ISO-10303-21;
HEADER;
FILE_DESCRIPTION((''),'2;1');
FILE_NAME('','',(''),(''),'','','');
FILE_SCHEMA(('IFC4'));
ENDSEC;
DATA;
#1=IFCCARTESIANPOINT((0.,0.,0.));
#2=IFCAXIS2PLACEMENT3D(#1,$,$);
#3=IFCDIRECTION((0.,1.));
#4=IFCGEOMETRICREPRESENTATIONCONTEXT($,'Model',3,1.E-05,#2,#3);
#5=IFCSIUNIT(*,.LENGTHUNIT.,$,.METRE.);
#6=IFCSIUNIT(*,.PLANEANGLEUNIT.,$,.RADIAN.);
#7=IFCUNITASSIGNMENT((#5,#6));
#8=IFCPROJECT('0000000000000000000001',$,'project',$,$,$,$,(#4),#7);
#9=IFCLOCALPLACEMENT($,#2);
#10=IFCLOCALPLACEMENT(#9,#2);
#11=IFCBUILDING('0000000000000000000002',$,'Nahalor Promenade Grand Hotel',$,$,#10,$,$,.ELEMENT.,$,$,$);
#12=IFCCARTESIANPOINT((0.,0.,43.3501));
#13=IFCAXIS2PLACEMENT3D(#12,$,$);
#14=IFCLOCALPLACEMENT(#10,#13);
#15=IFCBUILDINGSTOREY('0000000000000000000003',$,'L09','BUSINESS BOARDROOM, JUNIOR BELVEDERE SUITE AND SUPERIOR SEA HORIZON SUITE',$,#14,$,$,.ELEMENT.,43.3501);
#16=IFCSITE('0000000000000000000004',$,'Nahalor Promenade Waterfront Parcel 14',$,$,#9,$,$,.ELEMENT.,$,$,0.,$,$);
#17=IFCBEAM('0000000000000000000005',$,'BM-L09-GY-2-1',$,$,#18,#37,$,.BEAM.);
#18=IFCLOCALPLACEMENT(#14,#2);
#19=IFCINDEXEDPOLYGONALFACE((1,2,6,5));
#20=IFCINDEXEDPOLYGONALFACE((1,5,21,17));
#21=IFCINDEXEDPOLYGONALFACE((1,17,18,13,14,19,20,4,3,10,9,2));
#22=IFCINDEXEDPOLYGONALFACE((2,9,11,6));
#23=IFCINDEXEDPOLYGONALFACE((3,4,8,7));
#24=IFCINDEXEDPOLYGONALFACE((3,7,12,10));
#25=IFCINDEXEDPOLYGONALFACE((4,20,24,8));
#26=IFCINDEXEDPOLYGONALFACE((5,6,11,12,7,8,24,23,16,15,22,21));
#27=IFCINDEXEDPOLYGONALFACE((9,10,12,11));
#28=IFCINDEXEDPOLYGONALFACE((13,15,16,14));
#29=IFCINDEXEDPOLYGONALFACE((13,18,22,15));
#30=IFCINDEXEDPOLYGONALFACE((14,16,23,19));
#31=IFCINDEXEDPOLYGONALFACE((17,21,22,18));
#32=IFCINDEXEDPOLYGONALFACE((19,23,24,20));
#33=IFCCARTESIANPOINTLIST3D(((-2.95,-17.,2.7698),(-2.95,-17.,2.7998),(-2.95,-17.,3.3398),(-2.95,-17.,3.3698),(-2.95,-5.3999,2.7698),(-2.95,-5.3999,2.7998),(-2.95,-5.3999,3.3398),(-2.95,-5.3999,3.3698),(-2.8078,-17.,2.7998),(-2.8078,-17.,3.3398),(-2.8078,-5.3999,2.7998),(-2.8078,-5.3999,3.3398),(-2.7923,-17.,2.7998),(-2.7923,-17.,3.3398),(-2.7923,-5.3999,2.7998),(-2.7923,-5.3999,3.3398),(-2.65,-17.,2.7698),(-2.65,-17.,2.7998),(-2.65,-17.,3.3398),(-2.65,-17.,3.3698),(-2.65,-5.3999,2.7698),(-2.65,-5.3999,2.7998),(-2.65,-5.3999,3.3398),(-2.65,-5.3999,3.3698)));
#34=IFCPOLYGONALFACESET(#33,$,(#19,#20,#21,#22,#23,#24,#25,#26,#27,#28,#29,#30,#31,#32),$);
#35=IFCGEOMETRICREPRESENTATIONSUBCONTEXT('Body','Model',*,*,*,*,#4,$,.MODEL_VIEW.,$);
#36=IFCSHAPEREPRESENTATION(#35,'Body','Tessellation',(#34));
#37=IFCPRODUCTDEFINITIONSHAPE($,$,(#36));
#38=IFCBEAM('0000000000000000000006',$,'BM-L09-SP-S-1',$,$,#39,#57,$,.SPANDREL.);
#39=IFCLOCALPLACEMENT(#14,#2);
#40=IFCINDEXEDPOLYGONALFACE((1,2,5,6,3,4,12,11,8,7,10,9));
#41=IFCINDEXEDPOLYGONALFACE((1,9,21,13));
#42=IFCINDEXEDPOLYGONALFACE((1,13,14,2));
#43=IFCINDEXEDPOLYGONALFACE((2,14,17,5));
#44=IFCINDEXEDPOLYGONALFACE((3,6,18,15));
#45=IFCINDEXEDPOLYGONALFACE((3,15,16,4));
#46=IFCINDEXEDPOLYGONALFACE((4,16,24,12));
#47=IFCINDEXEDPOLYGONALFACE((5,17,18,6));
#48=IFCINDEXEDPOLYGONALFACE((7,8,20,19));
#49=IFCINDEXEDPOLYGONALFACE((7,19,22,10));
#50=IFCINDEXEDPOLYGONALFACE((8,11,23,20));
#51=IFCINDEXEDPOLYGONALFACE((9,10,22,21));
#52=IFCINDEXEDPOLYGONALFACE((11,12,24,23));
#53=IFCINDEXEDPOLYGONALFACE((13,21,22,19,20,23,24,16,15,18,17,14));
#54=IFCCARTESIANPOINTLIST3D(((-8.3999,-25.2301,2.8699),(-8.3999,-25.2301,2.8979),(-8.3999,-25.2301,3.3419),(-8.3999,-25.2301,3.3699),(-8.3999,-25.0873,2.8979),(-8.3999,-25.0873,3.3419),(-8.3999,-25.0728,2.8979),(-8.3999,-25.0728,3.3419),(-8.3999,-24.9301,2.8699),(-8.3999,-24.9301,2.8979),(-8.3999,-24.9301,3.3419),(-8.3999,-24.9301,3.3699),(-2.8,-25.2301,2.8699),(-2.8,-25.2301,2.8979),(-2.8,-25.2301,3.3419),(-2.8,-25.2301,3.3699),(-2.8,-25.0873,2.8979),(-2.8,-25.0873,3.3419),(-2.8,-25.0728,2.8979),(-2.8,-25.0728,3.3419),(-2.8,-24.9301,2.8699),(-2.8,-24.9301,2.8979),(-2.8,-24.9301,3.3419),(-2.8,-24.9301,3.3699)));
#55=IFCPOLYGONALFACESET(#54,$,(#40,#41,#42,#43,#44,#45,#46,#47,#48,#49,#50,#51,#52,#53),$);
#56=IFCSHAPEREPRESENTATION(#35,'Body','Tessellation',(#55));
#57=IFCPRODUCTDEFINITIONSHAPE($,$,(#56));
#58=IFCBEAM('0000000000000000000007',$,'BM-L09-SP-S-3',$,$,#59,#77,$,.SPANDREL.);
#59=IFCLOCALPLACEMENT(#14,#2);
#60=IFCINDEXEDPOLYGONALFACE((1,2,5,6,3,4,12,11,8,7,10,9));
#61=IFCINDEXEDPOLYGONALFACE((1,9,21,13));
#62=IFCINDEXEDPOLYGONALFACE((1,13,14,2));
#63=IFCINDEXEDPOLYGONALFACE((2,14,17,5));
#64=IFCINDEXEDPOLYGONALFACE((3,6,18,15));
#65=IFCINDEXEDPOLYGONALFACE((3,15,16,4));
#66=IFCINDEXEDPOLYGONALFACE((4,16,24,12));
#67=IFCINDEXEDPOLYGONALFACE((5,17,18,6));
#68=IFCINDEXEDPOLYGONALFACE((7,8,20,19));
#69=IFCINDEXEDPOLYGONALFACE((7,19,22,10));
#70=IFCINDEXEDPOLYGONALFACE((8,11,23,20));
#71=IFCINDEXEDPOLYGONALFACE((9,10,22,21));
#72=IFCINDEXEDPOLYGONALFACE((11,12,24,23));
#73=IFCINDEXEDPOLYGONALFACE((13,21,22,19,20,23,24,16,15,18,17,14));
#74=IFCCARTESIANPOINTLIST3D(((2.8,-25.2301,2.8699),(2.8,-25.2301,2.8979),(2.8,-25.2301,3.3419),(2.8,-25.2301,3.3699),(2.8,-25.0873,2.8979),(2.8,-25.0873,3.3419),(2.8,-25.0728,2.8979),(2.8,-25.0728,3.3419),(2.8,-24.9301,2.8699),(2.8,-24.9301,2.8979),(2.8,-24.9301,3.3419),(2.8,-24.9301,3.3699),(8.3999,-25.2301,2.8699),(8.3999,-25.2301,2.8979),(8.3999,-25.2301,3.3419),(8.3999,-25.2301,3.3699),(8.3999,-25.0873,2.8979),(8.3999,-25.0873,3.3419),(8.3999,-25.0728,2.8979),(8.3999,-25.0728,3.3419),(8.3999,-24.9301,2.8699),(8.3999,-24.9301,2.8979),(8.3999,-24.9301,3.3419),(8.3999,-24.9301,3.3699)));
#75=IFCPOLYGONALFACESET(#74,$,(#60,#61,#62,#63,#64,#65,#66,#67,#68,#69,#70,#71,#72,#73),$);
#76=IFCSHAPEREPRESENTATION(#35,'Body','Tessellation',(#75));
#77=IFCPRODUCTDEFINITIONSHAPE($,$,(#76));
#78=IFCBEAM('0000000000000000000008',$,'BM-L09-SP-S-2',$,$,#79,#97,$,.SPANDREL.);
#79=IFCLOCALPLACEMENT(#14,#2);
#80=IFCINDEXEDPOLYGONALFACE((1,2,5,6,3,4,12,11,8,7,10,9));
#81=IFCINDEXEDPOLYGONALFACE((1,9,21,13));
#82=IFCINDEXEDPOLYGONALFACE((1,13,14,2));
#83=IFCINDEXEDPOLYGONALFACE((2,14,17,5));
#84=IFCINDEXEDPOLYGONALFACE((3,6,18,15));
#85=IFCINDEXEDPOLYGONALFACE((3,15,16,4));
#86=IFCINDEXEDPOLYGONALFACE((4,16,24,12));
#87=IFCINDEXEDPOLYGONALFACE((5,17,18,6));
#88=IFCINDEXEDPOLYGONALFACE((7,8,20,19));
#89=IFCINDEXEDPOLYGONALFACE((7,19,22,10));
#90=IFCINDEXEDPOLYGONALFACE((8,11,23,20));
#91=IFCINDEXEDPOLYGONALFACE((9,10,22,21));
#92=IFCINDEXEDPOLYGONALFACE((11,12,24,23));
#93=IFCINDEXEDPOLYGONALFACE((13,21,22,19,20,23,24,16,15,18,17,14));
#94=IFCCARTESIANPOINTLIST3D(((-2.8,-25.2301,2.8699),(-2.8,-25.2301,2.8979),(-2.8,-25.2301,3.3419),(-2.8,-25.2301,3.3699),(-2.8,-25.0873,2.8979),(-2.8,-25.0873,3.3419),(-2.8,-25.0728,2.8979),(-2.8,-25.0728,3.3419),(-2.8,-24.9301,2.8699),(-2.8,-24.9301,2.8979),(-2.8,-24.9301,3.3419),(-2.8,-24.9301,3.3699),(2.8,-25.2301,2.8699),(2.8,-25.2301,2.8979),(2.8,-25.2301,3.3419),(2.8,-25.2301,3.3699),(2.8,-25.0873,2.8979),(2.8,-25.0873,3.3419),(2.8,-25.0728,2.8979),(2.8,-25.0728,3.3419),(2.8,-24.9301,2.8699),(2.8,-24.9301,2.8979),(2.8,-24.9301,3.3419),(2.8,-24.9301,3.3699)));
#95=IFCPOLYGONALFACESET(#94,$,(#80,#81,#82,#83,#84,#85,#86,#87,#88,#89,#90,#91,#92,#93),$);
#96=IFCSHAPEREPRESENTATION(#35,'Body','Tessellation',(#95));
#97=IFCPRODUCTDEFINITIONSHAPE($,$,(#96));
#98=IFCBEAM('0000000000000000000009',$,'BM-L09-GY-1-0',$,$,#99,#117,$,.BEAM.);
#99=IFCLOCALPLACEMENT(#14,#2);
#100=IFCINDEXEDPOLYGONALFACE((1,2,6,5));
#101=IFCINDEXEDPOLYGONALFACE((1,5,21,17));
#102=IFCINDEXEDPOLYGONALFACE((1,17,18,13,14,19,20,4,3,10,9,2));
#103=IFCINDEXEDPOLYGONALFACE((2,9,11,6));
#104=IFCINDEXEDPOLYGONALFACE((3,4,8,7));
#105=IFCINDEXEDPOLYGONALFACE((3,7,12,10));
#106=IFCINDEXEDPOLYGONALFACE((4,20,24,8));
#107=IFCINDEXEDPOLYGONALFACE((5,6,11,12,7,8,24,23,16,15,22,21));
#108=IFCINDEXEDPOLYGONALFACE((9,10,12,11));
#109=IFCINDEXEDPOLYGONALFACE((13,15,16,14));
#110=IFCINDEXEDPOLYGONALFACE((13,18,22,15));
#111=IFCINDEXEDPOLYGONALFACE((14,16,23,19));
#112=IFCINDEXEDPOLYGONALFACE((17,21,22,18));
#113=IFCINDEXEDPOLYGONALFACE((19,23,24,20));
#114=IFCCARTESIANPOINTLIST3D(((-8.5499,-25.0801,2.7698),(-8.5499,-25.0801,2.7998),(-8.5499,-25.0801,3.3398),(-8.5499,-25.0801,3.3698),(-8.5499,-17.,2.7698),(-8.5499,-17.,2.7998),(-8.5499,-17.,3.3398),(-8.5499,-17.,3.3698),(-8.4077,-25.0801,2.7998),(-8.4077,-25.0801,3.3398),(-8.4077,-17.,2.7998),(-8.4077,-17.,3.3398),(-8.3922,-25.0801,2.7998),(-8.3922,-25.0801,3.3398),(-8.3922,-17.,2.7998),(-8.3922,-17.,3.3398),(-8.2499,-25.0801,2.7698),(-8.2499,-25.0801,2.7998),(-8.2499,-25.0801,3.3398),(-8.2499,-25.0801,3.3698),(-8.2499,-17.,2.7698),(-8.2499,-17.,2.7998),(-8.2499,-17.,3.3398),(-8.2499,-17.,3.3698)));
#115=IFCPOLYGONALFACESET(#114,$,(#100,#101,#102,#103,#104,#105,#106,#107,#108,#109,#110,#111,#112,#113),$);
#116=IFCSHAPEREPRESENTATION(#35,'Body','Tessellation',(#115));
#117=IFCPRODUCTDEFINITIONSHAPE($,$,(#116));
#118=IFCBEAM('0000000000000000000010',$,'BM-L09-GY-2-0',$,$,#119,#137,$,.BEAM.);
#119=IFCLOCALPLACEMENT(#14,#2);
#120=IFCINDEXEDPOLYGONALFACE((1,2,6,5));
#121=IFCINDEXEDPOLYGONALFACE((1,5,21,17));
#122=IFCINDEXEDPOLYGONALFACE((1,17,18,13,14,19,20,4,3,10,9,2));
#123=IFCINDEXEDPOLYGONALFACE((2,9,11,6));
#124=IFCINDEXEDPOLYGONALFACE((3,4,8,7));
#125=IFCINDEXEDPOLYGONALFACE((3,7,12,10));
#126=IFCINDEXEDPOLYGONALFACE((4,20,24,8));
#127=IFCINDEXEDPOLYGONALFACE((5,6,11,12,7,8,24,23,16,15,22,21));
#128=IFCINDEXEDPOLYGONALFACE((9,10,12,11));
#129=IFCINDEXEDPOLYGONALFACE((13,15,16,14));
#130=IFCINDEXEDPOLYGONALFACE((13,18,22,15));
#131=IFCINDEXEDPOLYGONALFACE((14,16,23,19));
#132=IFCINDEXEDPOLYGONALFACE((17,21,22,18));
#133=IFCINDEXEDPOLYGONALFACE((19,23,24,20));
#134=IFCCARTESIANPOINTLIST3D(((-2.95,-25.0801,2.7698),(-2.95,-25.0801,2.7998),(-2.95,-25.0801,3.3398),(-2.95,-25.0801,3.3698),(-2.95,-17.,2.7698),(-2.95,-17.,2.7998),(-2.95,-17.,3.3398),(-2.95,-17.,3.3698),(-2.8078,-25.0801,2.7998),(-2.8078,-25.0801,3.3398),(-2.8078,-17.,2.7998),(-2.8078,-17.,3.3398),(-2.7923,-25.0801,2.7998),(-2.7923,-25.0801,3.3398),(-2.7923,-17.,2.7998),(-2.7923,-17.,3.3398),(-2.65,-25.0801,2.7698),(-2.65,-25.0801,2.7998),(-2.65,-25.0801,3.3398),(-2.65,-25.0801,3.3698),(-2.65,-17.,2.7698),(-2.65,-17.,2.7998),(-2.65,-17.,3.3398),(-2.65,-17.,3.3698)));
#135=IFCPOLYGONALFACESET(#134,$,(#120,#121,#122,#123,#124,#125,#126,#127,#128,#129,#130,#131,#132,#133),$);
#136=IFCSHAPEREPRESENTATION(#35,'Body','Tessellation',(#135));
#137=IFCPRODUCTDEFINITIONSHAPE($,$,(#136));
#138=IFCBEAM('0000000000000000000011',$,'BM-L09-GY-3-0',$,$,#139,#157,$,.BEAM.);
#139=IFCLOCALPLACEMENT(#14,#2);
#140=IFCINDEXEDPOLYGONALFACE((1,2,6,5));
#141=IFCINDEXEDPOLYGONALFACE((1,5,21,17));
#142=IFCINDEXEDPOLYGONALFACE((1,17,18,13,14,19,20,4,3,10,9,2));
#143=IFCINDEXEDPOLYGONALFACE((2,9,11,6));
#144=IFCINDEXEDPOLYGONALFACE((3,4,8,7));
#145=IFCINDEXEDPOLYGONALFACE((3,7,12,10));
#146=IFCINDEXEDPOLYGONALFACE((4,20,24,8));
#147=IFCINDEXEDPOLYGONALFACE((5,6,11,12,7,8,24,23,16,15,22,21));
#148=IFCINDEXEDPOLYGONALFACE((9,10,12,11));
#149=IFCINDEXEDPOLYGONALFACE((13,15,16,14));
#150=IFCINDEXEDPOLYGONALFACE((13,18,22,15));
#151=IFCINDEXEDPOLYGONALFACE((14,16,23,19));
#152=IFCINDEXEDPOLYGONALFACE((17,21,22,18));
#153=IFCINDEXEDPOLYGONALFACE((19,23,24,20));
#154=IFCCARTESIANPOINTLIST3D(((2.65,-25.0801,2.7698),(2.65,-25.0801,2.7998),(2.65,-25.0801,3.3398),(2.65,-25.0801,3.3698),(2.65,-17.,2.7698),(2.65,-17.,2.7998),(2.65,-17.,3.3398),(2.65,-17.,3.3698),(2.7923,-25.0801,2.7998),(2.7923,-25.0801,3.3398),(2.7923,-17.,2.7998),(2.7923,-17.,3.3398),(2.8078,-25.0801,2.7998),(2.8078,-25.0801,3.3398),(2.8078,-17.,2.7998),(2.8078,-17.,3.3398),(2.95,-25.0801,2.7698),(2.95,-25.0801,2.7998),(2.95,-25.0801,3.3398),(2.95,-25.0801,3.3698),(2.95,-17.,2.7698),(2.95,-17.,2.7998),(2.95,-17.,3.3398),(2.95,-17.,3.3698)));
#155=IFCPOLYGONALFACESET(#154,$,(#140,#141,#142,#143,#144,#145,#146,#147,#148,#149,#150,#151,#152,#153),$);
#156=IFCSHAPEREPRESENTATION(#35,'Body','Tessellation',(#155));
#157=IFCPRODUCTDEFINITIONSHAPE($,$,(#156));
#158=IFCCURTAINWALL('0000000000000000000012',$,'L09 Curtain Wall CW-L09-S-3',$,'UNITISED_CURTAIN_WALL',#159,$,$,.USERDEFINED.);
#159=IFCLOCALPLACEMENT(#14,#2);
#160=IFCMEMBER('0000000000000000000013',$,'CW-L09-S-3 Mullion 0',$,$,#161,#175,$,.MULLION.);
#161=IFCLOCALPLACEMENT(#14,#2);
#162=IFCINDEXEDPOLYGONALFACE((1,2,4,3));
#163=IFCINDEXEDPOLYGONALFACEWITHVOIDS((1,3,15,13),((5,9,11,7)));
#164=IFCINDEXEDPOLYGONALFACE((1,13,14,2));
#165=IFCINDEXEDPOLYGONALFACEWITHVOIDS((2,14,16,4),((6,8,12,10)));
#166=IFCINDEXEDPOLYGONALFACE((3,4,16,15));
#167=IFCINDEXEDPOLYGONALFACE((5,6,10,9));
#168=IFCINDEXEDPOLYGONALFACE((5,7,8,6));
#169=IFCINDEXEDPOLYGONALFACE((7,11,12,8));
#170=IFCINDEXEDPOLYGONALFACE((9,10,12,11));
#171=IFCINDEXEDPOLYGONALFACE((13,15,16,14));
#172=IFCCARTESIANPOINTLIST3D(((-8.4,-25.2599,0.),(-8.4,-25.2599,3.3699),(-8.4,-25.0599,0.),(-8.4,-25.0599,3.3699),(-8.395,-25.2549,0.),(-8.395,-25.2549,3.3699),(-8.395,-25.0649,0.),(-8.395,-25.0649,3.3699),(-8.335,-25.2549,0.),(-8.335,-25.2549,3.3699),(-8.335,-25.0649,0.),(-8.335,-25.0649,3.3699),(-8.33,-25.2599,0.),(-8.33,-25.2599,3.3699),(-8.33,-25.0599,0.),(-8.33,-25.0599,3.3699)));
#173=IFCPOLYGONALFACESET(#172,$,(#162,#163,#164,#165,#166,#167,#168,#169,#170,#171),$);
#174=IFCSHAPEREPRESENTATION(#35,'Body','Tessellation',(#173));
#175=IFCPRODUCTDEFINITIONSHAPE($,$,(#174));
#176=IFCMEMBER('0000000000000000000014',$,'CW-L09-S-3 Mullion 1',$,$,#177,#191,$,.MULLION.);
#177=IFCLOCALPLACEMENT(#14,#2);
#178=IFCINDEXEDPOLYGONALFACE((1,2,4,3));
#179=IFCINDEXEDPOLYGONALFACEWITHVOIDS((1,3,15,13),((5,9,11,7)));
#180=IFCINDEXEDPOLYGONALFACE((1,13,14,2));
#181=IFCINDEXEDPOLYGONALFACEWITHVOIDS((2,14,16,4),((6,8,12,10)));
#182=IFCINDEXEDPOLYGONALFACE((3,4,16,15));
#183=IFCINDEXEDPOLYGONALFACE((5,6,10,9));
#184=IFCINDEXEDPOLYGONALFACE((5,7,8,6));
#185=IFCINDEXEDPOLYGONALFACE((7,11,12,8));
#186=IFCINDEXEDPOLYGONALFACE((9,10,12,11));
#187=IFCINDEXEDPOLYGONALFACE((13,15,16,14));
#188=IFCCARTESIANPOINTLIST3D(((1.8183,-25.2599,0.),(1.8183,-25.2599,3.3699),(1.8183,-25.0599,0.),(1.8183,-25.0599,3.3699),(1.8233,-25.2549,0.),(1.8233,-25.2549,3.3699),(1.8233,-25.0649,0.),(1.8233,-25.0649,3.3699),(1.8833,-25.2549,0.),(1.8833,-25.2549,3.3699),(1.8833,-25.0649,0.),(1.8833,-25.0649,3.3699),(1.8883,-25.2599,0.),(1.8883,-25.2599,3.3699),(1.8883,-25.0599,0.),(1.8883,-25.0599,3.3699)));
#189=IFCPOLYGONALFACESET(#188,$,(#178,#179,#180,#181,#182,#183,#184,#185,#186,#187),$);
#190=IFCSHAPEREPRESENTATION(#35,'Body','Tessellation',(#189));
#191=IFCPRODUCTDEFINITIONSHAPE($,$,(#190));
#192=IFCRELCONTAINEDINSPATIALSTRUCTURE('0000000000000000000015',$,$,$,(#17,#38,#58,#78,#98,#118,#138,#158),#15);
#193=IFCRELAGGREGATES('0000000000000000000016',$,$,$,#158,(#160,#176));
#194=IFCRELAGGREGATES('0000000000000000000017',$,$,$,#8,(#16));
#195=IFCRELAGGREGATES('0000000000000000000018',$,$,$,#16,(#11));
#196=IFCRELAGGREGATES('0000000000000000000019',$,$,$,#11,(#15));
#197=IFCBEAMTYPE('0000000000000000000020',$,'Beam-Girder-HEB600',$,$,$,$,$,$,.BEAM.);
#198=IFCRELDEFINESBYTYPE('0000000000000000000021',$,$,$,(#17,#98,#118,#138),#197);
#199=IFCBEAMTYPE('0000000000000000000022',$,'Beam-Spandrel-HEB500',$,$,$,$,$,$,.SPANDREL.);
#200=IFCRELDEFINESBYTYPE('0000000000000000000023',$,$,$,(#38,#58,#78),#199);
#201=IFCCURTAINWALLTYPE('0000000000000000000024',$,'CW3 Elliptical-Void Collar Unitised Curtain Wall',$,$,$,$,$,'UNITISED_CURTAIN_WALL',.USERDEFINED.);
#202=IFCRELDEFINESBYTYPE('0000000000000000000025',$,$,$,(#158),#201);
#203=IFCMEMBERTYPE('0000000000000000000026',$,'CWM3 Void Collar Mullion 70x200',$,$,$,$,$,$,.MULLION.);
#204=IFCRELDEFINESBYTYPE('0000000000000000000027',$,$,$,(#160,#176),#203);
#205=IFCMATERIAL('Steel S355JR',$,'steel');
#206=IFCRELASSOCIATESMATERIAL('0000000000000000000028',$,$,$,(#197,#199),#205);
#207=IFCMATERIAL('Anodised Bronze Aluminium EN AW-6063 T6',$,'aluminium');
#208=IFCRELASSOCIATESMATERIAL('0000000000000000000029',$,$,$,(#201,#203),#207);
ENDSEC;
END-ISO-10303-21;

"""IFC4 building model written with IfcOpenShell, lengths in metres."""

from ifc_helpers import new_model, si_unit, direction, frame, origin, origin_2d, place, context, subcontext, project, spatial, hollow_rectangle, i_section, extrude, source, transform, mapped, material, material_profile, profile_set, type_object, element, aggregate, save


model = new_model("IFC4")

# Units and contexts
model_context = context("Model", 3, precision=1e-05, world=origin(), true_north=direction((0.0, 1.0)))
body_context = subcontext(model_context, "Body", "Model", "MODEL_VIEW")
ifc_project = project(units=[si_unit("LENGTHUNIT", "METRE"), si_unit("PLANEANGLEUNIT", "RADIAN")], contexts=[model_context])

# Site, building, storey
site_placement = place(None, origin())
site = spatial("IfcSite", under=ifc_project, at=site_placement, Name="Nahalor Promenade Waterfront Parcel 14", CompositionType="ELEMENT", RefElevation=0.0)
building_placement = place(site_placement, origin())
building = spatial("IfcBuilding", under=site, at=building_placement, Name="Nahalor Promenade Grand Hotel", CompositionType="ELEMENT")
storey_placement = place(building_placement, frame((0.0, 0.0, 43.3501)))
storey = spatial("IfcBuildingStorey", under=building, at=storey_placement, Name="L09", Description="BUSINESS BOARDROOM, JUNIOR BELVEDERE SUITE AND SUPERIOR SEA HORIZON SUITE", CompositionType="ELEMENT", Elevation=43.3501)

# Beams
ifc_material_1 = material(Name="Steel S355JR", Category="steel")
ifc_material_profile_1 = material_profile(ifc_material_1, i_section(OverallWidth=0.3, OverallDepth=0.6, WebThickness=0.0155, FlangeThickness=0.03, at=origin_2d()), Name="HEB 600")
ifc_profile_set_1 = profile_set([ifc_material_profile_1], Name="Steel S355JR")
beam_type_1 = type_object("IfcBeamType", Name="Beam-Girder-HEB600", PredefinedType="BEAM", material=ifc_profile_set_1)
shared_shape_1 = source(origin(), body_context, "Body", "SweptSolid", [
    extrude(i_section(OverallWidth=0.3, OverallDepth=0.6, WebThickness=0.0155, FlangeThickness=0.03, at=origin_2d()), origin(), (0.0, 0.0, 1.0), 11.6001),
])
for number, where, z_axis, x_axis, name in (
    (1, (-2.8, -17.0, 3.0698), (0.0, 1.0, 0.0), (-1.0, 0.0, 0.0), "BM-L09-GY-2-1"),
):
    element("IfcBeam", number, at=place(storey_placement, frame(where, z_axis=z_axis, x_axis=x_axis)), inside=storey, type_object=beam_type_1, Name=name, PredefinedType="BEAM", context=body_context, shape_type="MappedRepresentation", body=[
        mapped(shared_shape_1, transform((0.0, 0.0, 0.0), scale=1.0)),
    ])
ifc_material_profile_2 = material_profile(ifc_material_1, i_section(OverallWidth=0.3, OverallDepth=0.5, WebThickness=0.0145, FlangeThickness=0.028, at=origin_2d()), Name="HEB 500")
ifc_profile_set_2 = profile_set([ifc_material_profile_2], Name="Steel S355JR")
beam_type_2 = type_object("IfcBeamType", Name="Beam-Spandrel-HEB500", PredefinedType="SPANDREL", material=ifc_profile_set_2)
shared_shape_2 = source(origin(), body_context, "Body", "SweptSolid", [
    extrude(i_section(OverallWidth=0.3, OverallDepth=0.5, WebThickness=0.0145, FlangeThickness=0.028, at=origin_2d()), origin(), (0.0, 0.0, 1.0), 5.5999),
])
for number, where, z_axis, x_axis, name in (
    (2, (-8.3999, -25.0801, 3.1199), (1.0, 0.0, 0.0), (0.0, 1.0, 0.0), "BM-L09-SP-S-1"),
    (3, (2.8, -25.0801, 3.1199), (1.0, 0.0, 0.0), (0.0, 1.0, 0.0), "BM-L09-SP-S-3"),
):
    element("IfcBeam", number, at=place(storey_placement, frame(where, z_axis=z_axis, x_axis=x_axis)), inside=storey, type_object=beam_type_2, Name=name, PredefinedType="SPANDREL", context=body_context, shape_type="MappedRepresentation", body=[
        mapped(shared_shape_2, transform((0.0, 0.0, 0.0), scale=1.0)),
    ])
shared_shape_3 = source(origin(), body_context, "Body", "SweptSolid", [
    extrude(i_section(OverallWidth=0.3, OverallDepth=0.5, WebThickness=0.0145, FlangeThickness=0.028, at=origin_2d()), origin(), (0.0, 0.0, 1.0), 5.6001),
])
beam_1_placement = place(storey_placement, frame((-2.8, -25.0801, 3.1199), z_axis=(1.0, 0.0, 0.0), x_axis=(0.0, 1.0, 0.0)))
element("IfcBeam", 4, at=beam_1_placement, inside=storey, type_object=beam_type_2, Name="BM-L09-SP-S-2", PredefinedType="SPANDREL", context=body_context, shape_type="MappedRepresentation", body=[
    mapped(shared_shape_3, transform((0.0, 0.0, 0.0), scale=1.0)),
])
shared_shape_4 = source(origin(), body_context, "Body", "SweptSolid", [
    extrude(i_section(OverallWidth=0.3, OverallDepth=0.6, WebThickness=0.0155, FlangeThickness=0.03, at=origin_2d()), origin(), (0.0, 0.0, 1.0), 8.0801),
])
for number, where, z_axis, x_axis, name in (
    (5, (-8.3999, -25.0801, 3.0698), (0.0, 1.0, 0.0), (-1.0, 0.0, 0.0), "BM-L09-GY-1-0"),
    (6, (-2.8, -25.0801, 3.0698), (0.0, 1.0, 0.0), (-1.0, 0.0, 0.0), "BM-L09-GY-2-0"),
    (7, (2.8, -25.0801, 3.0698), (0.0, 1.0, 0.0), (-1.0, 0.0, 0.0), "BM-L09-GY-3-0"),
):
    element("IfcBeam", number, at=place(storey_placement, frame(where, z_axis=z_axis, x_axis=x_axis)), inside=storey, type_object=beam_type_1, Name=name, PredefinedType="BEAM", context=body_context, shape_type="MappedRepresentation", body=[
        mapped(shared_shape_4, transform((0.0, 0.0, 0.0), scale=1.0)),
    ])

# Curtain wall, members
ifc_material_2 = material(Name="Anodised Bronze Aluminium EN AW-6063 T6", Category="aluminium")
curtain_wall_type = type_object("IfcCurtainWallType", Name="CW3 Elliptical-Void Collar Unitised Curtain Wall", ElementType="UNITISED_CURTAIN_WALL", PredefinedType="USERDEFINED", material=ifc_material_2)
curtain_wall_placement = place(storey_placement, origin())
curtain_wall = element("IfcCurtainWall", 8, at=curtain_wall_placement, inside=storey, type_object=curtain_wall_type, Name="L09 Curtain Wall CW-L09-S-3", ObjectType="UNITISED_CURTAIN_WALL", PredefinedType="USERDEFINED")
ifc_material_profile_3 = material_profile(ifc_material_2, hollow_rectangle(XDim=0.07, YDim=0.2, WallThickness=0.005, at=origin_2d()), Name="CWM 70x200x5")
ifc_profile_set_3 = profile_set([ifc_material_profile_3], Name="Anodised Bronze Aluminium EN AW-6063 T6")
member_type_1 = type_object("IfcMemberType", Name="CWM3 Void Collar Mullion 70x200", PredefinedType="MULLION", material=ifc_profile_set_3)
shared_shape_5 = source(origin(), body_context, "Body", "SweptSolid", [
    extrude(hollow_rectangle(XDim=0.07, YDim=0.2, WallThickness=0.005, at=origin_2d()), origin(), (0.0, 0.0, 1.0), 3.3699),
])
member_1_placement = place(storey_placement, frame((-8.365, -25.1599, 0.0), z_axis=(0.0, 0.0, 1.0), x_axis=(1.0, 0.0, 0.0)))
member_1 = element("IfcMember", 9, at=member_1_placement, type_object=member_type_1, Name="CW-L09-S-3 Mullion 0", PredefinedType="MULLION", context=body_context, shape_type="MappedRepresentation", body=[
    mapped(shared_shape_5, transform((0.0, 0.0, 0.0), scale=1.0)),
])
member_2_placement = place(storey_placement, frame((1.8533, -25.1599, 0.0), z_axis=(0.0, 0.0, 1.0), x_axis=(1.0, 0.0, 0.0)))
member_2 = element("IfcMember", 10, at=member_2_placement, type_object=member_type_1, Name="CW-L09-S-3 Mullion 1", PredefinedType="MULLION", context=body_context, shape_type="MappedRepresentation", body=[
    mapped(shared_shape_5, transform((0.0, 0.0, 0.0), scale=1.0)),
])
aggregate(curtain_wall, [member_1, member_2])

save(model, "model.ifc")
